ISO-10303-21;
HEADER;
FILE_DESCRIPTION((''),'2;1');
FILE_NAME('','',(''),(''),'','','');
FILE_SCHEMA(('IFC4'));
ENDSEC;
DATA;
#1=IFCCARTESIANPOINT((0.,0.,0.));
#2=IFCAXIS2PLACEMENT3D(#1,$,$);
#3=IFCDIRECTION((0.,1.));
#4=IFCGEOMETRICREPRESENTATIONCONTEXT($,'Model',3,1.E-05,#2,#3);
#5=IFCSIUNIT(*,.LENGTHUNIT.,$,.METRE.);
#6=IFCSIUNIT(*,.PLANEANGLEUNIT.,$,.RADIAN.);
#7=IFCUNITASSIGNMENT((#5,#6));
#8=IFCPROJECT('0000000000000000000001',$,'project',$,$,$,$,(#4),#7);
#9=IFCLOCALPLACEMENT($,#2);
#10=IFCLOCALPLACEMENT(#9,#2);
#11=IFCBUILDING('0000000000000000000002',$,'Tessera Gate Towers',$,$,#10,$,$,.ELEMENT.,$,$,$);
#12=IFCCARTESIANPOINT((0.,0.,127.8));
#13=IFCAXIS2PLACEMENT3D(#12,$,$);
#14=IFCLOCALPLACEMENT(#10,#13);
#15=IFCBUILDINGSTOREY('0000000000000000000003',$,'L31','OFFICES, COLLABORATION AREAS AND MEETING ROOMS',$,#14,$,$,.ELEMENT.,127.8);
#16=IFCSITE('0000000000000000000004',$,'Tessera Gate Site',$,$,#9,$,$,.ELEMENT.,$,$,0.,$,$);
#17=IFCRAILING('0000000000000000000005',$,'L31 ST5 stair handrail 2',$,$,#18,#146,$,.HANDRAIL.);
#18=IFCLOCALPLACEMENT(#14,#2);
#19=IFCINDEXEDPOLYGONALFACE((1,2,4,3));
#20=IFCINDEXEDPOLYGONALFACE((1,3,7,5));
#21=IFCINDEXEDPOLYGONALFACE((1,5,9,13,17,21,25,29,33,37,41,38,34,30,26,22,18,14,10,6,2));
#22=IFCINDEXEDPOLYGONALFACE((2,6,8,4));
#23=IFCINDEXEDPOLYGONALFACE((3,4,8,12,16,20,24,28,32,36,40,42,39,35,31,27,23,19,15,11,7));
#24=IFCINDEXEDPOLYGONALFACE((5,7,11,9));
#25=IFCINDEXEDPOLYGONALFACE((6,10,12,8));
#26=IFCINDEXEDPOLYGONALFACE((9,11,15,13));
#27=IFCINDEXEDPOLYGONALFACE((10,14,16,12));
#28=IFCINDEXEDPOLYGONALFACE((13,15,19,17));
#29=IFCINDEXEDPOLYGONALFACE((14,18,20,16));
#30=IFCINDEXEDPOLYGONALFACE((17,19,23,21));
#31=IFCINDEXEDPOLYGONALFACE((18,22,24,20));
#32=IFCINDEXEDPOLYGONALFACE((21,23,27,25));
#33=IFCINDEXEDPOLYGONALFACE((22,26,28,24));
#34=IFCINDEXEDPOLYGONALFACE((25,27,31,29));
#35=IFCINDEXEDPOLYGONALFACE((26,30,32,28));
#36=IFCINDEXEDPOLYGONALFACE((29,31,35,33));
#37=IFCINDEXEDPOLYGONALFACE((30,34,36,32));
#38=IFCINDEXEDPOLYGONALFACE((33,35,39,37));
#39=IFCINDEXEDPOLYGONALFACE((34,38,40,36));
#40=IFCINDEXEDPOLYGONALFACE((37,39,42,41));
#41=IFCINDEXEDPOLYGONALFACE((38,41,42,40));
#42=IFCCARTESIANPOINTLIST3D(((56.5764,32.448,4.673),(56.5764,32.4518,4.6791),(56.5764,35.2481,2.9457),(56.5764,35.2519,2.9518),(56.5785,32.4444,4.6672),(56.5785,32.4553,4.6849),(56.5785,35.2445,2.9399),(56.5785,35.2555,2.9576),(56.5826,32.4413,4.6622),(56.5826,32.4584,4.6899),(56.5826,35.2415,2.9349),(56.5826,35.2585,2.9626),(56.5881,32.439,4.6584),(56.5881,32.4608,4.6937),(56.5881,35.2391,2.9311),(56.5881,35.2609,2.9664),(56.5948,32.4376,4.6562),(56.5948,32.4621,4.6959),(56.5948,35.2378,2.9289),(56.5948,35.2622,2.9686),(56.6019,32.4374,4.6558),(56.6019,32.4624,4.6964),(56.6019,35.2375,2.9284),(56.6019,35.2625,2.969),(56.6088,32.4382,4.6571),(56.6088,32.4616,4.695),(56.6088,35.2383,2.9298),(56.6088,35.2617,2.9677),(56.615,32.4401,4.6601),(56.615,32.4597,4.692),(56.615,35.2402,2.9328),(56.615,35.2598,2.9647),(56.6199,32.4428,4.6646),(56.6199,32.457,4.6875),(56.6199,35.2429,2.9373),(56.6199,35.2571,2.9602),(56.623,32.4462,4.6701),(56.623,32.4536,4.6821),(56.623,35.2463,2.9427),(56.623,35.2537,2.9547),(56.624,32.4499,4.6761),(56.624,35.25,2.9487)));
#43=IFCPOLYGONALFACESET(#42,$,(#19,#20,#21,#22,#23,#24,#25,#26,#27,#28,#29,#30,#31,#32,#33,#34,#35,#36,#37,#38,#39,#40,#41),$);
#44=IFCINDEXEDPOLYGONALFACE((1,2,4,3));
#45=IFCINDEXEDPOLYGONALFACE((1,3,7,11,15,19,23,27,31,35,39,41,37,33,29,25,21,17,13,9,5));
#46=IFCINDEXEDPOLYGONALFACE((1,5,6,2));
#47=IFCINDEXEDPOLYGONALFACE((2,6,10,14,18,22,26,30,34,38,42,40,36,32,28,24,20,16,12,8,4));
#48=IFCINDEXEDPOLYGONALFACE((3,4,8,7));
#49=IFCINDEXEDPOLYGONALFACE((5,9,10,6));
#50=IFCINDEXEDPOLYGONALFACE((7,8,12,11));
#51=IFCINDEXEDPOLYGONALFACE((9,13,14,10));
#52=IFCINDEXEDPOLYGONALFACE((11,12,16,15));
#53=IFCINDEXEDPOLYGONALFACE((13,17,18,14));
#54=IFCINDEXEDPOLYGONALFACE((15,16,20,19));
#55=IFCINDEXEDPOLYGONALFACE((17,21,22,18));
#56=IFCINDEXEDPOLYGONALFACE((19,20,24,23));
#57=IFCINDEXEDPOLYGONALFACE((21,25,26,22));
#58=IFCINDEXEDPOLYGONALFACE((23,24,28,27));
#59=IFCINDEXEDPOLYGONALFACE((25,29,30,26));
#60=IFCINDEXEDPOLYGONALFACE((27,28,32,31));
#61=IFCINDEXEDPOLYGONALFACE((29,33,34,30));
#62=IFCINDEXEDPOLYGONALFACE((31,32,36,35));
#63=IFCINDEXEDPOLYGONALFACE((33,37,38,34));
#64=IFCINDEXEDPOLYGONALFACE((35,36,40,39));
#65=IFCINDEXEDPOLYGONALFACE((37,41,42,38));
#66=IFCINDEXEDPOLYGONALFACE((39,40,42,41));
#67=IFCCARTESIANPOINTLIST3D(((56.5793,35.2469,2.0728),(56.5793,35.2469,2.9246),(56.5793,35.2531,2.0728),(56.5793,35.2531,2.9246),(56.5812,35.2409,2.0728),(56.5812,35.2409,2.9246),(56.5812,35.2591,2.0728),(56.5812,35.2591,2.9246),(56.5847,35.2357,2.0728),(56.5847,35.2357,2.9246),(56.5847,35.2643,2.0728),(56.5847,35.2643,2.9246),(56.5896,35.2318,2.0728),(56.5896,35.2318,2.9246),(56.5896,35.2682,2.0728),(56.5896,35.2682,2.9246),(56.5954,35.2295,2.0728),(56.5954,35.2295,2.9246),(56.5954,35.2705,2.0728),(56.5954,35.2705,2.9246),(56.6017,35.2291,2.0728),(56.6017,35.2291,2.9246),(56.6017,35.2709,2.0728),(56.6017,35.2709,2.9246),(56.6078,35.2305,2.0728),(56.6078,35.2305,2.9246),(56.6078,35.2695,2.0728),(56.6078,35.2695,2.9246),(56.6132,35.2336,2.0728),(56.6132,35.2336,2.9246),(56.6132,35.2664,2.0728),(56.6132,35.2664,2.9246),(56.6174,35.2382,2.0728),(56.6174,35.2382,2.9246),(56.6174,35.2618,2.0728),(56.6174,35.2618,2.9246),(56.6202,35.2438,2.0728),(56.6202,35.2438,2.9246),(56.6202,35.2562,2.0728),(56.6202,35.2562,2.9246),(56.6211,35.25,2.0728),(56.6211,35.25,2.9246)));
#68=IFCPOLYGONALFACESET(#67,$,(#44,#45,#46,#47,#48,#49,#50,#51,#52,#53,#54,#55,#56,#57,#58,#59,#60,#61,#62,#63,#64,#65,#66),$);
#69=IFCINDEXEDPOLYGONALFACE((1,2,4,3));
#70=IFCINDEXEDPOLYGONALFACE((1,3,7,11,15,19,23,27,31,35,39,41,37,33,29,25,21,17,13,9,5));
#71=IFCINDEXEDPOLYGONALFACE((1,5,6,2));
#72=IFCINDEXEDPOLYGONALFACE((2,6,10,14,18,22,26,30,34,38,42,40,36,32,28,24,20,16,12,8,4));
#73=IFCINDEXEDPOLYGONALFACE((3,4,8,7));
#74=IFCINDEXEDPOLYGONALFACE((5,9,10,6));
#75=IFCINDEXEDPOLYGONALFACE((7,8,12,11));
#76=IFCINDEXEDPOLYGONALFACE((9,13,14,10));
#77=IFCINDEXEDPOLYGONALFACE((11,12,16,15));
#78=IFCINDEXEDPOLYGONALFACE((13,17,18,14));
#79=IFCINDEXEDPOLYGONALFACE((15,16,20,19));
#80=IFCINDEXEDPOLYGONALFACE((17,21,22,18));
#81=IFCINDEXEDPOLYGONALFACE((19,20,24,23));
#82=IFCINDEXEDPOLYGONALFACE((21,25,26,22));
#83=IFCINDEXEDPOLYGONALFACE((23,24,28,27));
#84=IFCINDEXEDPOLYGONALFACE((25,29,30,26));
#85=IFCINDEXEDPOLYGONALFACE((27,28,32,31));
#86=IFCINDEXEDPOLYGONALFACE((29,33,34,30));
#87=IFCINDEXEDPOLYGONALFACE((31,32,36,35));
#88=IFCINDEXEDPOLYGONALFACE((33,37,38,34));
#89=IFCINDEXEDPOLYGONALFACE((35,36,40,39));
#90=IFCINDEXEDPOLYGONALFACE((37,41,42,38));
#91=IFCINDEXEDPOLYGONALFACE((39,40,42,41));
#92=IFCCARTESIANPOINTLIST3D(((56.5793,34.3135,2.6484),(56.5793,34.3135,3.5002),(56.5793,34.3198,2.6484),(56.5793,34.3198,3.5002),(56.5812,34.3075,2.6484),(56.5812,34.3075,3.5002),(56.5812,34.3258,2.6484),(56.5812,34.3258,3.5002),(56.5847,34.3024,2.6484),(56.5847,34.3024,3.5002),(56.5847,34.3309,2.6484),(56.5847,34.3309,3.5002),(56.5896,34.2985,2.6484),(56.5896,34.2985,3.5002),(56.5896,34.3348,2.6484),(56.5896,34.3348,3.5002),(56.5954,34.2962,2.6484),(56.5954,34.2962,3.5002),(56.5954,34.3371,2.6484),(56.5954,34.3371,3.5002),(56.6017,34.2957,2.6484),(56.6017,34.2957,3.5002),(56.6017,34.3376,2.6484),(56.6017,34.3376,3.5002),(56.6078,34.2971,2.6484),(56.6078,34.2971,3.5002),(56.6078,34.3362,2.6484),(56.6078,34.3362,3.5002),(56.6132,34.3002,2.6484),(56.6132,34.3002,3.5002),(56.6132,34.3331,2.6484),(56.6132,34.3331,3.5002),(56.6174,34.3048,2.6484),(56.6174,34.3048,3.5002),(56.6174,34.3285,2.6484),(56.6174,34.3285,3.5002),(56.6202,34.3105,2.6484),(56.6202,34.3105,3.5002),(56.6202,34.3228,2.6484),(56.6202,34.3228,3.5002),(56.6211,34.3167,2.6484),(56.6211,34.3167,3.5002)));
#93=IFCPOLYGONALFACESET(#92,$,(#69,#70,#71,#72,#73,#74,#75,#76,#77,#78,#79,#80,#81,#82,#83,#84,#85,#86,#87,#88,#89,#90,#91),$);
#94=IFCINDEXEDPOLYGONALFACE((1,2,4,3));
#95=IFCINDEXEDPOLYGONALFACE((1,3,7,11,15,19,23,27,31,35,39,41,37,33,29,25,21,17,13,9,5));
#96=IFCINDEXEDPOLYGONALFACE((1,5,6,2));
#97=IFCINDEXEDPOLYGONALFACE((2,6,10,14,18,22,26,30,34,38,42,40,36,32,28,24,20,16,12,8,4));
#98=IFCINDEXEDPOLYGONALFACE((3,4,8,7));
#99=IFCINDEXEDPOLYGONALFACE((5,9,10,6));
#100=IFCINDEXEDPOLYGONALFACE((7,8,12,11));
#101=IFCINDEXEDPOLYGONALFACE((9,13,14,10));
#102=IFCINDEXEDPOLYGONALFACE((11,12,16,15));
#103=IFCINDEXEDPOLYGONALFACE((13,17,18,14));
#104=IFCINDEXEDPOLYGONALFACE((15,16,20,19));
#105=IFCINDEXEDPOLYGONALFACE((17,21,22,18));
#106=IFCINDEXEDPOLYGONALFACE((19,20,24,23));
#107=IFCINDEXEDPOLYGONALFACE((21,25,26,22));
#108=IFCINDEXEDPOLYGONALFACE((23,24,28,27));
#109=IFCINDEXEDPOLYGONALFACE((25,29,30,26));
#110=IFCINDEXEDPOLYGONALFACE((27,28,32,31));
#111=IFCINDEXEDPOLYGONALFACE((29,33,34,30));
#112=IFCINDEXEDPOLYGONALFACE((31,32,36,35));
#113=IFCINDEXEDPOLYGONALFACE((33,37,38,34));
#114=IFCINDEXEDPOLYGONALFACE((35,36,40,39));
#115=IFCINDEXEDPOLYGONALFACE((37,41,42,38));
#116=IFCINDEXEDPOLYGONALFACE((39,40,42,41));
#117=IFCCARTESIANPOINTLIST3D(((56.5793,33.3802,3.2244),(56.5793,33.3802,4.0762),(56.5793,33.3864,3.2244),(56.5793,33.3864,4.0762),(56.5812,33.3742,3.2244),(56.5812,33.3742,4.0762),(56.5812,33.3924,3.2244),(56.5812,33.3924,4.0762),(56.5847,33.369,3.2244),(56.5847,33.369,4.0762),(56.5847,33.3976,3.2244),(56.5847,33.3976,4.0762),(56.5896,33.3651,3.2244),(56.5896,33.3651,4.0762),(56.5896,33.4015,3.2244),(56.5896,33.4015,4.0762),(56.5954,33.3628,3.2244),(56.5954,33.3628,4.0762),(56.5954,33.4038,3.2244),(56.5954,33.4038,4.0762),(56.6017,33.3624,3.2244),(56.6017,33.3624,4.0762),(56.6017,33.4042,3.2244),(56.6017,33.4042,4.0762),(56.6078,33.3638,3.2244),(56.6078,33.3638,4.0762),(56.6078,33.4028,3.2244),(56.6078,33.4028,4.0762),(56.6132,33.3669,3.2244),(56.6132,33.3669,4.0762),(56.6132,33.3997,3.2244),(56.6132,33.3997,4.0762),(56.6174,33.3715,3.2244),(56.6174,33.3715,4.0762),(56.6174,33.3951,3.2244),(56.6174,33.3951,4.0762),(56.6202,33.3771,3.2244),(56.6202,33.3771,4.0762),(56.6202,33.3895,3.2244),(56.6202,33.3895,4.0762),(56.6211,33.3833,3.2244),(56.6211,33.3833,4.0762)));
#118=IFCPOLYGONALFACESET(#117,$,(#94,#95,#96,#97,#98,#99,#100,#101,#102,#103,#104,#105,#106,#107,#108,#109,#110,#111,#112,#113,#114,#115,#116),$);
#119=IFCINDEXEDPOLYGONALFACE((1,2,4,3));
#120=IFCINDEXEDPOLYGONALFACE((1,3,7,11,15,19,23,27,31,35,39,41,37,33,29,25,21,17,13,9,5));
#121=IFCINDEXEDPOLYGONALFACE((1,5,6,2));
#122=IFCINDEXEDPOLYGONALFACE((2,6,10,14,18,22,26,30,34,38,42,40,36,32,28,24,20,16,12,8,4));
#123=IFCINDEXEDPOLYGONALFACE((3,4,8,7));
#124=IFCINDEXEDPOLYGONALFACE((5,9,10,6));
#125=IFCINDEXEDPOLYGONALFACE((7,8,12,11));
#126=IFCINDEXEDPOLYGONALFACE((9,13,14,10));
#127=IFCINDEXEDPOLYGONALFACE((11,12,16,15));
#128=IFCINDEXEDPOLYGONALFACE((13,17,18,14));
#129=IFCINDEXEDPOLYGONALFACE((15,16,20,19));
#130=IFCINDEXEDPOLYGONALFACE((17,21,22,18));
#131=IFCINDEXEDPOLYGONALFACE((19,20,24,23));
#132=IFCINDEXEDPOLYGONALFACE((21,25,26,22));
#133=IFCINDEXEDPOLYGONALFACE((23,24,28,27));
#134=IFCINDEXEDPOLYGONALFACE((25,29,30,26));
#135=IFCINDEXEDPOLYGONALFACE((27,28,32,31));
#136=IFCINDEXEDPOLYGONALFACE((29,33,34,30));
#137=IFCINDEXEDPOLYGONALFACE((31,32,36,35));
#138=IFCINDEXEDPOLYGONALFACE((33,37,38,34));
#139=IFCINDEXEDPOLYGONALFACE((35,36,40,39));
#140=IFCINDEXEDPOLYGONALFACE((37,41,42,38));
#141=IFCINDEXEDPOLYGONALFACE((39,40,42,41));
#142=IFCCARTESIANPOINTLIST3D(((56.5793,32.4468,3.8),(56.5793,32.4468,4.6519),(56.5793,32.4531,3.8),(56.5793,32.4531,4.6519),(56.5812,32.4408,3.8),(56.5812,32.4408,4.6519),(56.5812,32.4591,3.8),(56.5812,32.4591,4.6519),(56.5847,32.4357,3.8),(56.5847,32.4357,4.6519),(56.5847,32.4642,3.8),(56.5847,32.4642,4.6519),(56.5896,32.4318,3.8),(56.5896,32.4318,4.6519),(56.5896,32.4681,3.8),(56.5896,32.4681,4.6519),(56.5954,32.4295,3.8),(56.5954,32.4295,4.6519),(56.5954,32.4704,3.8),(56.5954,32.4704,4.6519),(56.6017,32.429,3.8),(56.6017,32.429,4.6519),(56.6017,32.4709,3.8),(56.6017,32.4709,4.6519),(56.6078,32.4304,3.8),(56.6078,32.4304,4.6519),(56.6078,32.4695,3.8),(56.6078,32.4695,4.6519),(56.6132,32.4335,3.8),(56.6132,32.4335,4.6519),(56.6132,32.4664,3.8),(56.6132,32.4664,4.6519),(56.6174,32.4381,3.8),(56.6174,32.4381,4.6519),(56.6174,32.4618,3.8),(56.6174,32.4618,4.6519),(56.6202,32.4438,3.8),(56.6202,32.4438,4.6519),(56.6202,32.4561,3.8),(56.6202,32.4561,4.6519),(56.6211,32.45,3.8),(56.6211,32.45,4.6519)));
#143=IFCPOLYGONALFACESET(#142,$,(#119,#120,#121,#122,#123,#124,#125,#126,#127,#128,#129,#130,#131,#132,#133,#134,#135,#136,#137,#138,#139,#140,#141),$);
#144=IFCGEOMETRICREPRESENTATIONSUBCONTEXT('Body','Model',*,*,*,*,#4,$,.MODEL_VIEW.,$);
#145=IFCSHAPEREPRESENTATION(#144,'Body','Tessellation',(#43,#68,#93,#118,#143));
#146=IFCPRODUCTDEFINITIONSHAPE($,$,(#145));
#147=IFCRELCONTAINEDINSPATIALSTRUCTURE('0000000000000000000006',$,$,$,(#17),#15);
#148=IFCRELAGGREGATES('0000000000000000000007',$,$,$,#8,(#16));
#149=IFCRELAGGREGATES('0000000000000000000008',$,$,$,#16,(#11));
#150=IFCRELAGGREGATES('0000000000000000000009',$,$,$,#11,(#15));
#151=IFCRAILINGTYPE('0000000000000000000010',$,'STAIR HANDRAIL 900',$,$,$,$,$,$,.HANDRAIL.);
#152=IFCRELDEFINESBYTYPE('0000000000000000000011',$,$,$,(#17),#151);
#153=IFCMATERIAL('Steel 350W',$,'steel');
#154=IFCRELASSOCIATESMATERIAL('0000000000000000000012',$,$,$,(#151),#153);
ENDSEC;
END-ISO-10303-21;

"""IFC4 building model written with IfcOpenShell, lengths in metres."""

from ifc_helpers import new_model, si_unit, direction, frame, origin, origin_2d, place, context, subcontext, project, spatial, circle, extrude, material, type_object, element, save


model = new_model("IFC4")

# Units and contexts
model_context = context("Model", 3, precision=1e-05, world=origin(), true_north=direction((0.0, 1.0)))
body_context = subcontext(model_context, "Body", "Model", "MODEL_VIEW")
ifc_project = project(units=[si_unit("LENGTHUNIT", "METRE"), si_unit("PLANEANGLEUNIT", "RADIAN")], contexts=[model_context])

# Site, building, storey
site_placement = place(None, origin())
site = spatial("IfcSite", under=ifc_project, at=site_placement, Name="Tessera Gate Site", CompositionType="ELEMENT", RefElevation=0.0)
building_placement = place(site_placement, origin())
building = spatial("IfcBuilding", under=site, at=building_placement, Name="Tessera Gate Towers", CompositionType="ELEMENT")
storey_placement = place(building_placement, frame((0.0, 0.0, 127.8)))
storey = spatial("IfcBuildingStorey", under=building, at=storey_placement, Name="L31", Description="OFFICES, COLLABORATION AREAS AND MEETING ROOMS", CompositionType="ELEMENT", Elevation=127.8)

# Railing
ifc_material_1 = material(Name="Steel 350W", Category="steel")
railing_type_1 = type_object("IfcRailingType", Name="STAIR HANDRAIL 900", PredefinedType="HANDRAIL", material=ifc_material_1)
railing_1_placement = place(storey_placement, frame((56.6001, 35.25, 2.0728)))
element("IfcRailing", 1, at=railing_1_placement, inside=storey, type_object=railing_type_1, Name="L31 ST5 stair handrail 2", PredefinedType="HANDRAIL", context=body_context, shape_type="SweptSolid", body=[
    extrude(circle(Radius=0.0239, at=origin_2d()), frame((0.0, 0.0, 0.876), z_axis=(0.0, -0.85109, 0.52502), x_axis=(1.0, 0.0, 0.0)), (0.0, 0.0, 1.0), 3.29),
    extrude(circle(Radius=0.021, at=origin_2d()), origin(), (0.0, 0.0, 1.0), 0.8518),
    extrude(circle(Radius=0.021, at=origin_2d()), frame((0.0, -0.9333, 0.5757)), (0.0, 0.0, 1.0), 0.8518),
    extrude(circle(Radius=0.021, at=origin_2d()), frame((0.0, -1.8667, 1.1516)), (0.0, 0.0, 1.0), 0.8518),
    extrude(circle(Radius=0.021, at=origin_2d()), frame((0.0, -2.8, 1.7273)), (0.0, 0.0, 1.0), 0.8518),
])

save(model, "model.ifc")
